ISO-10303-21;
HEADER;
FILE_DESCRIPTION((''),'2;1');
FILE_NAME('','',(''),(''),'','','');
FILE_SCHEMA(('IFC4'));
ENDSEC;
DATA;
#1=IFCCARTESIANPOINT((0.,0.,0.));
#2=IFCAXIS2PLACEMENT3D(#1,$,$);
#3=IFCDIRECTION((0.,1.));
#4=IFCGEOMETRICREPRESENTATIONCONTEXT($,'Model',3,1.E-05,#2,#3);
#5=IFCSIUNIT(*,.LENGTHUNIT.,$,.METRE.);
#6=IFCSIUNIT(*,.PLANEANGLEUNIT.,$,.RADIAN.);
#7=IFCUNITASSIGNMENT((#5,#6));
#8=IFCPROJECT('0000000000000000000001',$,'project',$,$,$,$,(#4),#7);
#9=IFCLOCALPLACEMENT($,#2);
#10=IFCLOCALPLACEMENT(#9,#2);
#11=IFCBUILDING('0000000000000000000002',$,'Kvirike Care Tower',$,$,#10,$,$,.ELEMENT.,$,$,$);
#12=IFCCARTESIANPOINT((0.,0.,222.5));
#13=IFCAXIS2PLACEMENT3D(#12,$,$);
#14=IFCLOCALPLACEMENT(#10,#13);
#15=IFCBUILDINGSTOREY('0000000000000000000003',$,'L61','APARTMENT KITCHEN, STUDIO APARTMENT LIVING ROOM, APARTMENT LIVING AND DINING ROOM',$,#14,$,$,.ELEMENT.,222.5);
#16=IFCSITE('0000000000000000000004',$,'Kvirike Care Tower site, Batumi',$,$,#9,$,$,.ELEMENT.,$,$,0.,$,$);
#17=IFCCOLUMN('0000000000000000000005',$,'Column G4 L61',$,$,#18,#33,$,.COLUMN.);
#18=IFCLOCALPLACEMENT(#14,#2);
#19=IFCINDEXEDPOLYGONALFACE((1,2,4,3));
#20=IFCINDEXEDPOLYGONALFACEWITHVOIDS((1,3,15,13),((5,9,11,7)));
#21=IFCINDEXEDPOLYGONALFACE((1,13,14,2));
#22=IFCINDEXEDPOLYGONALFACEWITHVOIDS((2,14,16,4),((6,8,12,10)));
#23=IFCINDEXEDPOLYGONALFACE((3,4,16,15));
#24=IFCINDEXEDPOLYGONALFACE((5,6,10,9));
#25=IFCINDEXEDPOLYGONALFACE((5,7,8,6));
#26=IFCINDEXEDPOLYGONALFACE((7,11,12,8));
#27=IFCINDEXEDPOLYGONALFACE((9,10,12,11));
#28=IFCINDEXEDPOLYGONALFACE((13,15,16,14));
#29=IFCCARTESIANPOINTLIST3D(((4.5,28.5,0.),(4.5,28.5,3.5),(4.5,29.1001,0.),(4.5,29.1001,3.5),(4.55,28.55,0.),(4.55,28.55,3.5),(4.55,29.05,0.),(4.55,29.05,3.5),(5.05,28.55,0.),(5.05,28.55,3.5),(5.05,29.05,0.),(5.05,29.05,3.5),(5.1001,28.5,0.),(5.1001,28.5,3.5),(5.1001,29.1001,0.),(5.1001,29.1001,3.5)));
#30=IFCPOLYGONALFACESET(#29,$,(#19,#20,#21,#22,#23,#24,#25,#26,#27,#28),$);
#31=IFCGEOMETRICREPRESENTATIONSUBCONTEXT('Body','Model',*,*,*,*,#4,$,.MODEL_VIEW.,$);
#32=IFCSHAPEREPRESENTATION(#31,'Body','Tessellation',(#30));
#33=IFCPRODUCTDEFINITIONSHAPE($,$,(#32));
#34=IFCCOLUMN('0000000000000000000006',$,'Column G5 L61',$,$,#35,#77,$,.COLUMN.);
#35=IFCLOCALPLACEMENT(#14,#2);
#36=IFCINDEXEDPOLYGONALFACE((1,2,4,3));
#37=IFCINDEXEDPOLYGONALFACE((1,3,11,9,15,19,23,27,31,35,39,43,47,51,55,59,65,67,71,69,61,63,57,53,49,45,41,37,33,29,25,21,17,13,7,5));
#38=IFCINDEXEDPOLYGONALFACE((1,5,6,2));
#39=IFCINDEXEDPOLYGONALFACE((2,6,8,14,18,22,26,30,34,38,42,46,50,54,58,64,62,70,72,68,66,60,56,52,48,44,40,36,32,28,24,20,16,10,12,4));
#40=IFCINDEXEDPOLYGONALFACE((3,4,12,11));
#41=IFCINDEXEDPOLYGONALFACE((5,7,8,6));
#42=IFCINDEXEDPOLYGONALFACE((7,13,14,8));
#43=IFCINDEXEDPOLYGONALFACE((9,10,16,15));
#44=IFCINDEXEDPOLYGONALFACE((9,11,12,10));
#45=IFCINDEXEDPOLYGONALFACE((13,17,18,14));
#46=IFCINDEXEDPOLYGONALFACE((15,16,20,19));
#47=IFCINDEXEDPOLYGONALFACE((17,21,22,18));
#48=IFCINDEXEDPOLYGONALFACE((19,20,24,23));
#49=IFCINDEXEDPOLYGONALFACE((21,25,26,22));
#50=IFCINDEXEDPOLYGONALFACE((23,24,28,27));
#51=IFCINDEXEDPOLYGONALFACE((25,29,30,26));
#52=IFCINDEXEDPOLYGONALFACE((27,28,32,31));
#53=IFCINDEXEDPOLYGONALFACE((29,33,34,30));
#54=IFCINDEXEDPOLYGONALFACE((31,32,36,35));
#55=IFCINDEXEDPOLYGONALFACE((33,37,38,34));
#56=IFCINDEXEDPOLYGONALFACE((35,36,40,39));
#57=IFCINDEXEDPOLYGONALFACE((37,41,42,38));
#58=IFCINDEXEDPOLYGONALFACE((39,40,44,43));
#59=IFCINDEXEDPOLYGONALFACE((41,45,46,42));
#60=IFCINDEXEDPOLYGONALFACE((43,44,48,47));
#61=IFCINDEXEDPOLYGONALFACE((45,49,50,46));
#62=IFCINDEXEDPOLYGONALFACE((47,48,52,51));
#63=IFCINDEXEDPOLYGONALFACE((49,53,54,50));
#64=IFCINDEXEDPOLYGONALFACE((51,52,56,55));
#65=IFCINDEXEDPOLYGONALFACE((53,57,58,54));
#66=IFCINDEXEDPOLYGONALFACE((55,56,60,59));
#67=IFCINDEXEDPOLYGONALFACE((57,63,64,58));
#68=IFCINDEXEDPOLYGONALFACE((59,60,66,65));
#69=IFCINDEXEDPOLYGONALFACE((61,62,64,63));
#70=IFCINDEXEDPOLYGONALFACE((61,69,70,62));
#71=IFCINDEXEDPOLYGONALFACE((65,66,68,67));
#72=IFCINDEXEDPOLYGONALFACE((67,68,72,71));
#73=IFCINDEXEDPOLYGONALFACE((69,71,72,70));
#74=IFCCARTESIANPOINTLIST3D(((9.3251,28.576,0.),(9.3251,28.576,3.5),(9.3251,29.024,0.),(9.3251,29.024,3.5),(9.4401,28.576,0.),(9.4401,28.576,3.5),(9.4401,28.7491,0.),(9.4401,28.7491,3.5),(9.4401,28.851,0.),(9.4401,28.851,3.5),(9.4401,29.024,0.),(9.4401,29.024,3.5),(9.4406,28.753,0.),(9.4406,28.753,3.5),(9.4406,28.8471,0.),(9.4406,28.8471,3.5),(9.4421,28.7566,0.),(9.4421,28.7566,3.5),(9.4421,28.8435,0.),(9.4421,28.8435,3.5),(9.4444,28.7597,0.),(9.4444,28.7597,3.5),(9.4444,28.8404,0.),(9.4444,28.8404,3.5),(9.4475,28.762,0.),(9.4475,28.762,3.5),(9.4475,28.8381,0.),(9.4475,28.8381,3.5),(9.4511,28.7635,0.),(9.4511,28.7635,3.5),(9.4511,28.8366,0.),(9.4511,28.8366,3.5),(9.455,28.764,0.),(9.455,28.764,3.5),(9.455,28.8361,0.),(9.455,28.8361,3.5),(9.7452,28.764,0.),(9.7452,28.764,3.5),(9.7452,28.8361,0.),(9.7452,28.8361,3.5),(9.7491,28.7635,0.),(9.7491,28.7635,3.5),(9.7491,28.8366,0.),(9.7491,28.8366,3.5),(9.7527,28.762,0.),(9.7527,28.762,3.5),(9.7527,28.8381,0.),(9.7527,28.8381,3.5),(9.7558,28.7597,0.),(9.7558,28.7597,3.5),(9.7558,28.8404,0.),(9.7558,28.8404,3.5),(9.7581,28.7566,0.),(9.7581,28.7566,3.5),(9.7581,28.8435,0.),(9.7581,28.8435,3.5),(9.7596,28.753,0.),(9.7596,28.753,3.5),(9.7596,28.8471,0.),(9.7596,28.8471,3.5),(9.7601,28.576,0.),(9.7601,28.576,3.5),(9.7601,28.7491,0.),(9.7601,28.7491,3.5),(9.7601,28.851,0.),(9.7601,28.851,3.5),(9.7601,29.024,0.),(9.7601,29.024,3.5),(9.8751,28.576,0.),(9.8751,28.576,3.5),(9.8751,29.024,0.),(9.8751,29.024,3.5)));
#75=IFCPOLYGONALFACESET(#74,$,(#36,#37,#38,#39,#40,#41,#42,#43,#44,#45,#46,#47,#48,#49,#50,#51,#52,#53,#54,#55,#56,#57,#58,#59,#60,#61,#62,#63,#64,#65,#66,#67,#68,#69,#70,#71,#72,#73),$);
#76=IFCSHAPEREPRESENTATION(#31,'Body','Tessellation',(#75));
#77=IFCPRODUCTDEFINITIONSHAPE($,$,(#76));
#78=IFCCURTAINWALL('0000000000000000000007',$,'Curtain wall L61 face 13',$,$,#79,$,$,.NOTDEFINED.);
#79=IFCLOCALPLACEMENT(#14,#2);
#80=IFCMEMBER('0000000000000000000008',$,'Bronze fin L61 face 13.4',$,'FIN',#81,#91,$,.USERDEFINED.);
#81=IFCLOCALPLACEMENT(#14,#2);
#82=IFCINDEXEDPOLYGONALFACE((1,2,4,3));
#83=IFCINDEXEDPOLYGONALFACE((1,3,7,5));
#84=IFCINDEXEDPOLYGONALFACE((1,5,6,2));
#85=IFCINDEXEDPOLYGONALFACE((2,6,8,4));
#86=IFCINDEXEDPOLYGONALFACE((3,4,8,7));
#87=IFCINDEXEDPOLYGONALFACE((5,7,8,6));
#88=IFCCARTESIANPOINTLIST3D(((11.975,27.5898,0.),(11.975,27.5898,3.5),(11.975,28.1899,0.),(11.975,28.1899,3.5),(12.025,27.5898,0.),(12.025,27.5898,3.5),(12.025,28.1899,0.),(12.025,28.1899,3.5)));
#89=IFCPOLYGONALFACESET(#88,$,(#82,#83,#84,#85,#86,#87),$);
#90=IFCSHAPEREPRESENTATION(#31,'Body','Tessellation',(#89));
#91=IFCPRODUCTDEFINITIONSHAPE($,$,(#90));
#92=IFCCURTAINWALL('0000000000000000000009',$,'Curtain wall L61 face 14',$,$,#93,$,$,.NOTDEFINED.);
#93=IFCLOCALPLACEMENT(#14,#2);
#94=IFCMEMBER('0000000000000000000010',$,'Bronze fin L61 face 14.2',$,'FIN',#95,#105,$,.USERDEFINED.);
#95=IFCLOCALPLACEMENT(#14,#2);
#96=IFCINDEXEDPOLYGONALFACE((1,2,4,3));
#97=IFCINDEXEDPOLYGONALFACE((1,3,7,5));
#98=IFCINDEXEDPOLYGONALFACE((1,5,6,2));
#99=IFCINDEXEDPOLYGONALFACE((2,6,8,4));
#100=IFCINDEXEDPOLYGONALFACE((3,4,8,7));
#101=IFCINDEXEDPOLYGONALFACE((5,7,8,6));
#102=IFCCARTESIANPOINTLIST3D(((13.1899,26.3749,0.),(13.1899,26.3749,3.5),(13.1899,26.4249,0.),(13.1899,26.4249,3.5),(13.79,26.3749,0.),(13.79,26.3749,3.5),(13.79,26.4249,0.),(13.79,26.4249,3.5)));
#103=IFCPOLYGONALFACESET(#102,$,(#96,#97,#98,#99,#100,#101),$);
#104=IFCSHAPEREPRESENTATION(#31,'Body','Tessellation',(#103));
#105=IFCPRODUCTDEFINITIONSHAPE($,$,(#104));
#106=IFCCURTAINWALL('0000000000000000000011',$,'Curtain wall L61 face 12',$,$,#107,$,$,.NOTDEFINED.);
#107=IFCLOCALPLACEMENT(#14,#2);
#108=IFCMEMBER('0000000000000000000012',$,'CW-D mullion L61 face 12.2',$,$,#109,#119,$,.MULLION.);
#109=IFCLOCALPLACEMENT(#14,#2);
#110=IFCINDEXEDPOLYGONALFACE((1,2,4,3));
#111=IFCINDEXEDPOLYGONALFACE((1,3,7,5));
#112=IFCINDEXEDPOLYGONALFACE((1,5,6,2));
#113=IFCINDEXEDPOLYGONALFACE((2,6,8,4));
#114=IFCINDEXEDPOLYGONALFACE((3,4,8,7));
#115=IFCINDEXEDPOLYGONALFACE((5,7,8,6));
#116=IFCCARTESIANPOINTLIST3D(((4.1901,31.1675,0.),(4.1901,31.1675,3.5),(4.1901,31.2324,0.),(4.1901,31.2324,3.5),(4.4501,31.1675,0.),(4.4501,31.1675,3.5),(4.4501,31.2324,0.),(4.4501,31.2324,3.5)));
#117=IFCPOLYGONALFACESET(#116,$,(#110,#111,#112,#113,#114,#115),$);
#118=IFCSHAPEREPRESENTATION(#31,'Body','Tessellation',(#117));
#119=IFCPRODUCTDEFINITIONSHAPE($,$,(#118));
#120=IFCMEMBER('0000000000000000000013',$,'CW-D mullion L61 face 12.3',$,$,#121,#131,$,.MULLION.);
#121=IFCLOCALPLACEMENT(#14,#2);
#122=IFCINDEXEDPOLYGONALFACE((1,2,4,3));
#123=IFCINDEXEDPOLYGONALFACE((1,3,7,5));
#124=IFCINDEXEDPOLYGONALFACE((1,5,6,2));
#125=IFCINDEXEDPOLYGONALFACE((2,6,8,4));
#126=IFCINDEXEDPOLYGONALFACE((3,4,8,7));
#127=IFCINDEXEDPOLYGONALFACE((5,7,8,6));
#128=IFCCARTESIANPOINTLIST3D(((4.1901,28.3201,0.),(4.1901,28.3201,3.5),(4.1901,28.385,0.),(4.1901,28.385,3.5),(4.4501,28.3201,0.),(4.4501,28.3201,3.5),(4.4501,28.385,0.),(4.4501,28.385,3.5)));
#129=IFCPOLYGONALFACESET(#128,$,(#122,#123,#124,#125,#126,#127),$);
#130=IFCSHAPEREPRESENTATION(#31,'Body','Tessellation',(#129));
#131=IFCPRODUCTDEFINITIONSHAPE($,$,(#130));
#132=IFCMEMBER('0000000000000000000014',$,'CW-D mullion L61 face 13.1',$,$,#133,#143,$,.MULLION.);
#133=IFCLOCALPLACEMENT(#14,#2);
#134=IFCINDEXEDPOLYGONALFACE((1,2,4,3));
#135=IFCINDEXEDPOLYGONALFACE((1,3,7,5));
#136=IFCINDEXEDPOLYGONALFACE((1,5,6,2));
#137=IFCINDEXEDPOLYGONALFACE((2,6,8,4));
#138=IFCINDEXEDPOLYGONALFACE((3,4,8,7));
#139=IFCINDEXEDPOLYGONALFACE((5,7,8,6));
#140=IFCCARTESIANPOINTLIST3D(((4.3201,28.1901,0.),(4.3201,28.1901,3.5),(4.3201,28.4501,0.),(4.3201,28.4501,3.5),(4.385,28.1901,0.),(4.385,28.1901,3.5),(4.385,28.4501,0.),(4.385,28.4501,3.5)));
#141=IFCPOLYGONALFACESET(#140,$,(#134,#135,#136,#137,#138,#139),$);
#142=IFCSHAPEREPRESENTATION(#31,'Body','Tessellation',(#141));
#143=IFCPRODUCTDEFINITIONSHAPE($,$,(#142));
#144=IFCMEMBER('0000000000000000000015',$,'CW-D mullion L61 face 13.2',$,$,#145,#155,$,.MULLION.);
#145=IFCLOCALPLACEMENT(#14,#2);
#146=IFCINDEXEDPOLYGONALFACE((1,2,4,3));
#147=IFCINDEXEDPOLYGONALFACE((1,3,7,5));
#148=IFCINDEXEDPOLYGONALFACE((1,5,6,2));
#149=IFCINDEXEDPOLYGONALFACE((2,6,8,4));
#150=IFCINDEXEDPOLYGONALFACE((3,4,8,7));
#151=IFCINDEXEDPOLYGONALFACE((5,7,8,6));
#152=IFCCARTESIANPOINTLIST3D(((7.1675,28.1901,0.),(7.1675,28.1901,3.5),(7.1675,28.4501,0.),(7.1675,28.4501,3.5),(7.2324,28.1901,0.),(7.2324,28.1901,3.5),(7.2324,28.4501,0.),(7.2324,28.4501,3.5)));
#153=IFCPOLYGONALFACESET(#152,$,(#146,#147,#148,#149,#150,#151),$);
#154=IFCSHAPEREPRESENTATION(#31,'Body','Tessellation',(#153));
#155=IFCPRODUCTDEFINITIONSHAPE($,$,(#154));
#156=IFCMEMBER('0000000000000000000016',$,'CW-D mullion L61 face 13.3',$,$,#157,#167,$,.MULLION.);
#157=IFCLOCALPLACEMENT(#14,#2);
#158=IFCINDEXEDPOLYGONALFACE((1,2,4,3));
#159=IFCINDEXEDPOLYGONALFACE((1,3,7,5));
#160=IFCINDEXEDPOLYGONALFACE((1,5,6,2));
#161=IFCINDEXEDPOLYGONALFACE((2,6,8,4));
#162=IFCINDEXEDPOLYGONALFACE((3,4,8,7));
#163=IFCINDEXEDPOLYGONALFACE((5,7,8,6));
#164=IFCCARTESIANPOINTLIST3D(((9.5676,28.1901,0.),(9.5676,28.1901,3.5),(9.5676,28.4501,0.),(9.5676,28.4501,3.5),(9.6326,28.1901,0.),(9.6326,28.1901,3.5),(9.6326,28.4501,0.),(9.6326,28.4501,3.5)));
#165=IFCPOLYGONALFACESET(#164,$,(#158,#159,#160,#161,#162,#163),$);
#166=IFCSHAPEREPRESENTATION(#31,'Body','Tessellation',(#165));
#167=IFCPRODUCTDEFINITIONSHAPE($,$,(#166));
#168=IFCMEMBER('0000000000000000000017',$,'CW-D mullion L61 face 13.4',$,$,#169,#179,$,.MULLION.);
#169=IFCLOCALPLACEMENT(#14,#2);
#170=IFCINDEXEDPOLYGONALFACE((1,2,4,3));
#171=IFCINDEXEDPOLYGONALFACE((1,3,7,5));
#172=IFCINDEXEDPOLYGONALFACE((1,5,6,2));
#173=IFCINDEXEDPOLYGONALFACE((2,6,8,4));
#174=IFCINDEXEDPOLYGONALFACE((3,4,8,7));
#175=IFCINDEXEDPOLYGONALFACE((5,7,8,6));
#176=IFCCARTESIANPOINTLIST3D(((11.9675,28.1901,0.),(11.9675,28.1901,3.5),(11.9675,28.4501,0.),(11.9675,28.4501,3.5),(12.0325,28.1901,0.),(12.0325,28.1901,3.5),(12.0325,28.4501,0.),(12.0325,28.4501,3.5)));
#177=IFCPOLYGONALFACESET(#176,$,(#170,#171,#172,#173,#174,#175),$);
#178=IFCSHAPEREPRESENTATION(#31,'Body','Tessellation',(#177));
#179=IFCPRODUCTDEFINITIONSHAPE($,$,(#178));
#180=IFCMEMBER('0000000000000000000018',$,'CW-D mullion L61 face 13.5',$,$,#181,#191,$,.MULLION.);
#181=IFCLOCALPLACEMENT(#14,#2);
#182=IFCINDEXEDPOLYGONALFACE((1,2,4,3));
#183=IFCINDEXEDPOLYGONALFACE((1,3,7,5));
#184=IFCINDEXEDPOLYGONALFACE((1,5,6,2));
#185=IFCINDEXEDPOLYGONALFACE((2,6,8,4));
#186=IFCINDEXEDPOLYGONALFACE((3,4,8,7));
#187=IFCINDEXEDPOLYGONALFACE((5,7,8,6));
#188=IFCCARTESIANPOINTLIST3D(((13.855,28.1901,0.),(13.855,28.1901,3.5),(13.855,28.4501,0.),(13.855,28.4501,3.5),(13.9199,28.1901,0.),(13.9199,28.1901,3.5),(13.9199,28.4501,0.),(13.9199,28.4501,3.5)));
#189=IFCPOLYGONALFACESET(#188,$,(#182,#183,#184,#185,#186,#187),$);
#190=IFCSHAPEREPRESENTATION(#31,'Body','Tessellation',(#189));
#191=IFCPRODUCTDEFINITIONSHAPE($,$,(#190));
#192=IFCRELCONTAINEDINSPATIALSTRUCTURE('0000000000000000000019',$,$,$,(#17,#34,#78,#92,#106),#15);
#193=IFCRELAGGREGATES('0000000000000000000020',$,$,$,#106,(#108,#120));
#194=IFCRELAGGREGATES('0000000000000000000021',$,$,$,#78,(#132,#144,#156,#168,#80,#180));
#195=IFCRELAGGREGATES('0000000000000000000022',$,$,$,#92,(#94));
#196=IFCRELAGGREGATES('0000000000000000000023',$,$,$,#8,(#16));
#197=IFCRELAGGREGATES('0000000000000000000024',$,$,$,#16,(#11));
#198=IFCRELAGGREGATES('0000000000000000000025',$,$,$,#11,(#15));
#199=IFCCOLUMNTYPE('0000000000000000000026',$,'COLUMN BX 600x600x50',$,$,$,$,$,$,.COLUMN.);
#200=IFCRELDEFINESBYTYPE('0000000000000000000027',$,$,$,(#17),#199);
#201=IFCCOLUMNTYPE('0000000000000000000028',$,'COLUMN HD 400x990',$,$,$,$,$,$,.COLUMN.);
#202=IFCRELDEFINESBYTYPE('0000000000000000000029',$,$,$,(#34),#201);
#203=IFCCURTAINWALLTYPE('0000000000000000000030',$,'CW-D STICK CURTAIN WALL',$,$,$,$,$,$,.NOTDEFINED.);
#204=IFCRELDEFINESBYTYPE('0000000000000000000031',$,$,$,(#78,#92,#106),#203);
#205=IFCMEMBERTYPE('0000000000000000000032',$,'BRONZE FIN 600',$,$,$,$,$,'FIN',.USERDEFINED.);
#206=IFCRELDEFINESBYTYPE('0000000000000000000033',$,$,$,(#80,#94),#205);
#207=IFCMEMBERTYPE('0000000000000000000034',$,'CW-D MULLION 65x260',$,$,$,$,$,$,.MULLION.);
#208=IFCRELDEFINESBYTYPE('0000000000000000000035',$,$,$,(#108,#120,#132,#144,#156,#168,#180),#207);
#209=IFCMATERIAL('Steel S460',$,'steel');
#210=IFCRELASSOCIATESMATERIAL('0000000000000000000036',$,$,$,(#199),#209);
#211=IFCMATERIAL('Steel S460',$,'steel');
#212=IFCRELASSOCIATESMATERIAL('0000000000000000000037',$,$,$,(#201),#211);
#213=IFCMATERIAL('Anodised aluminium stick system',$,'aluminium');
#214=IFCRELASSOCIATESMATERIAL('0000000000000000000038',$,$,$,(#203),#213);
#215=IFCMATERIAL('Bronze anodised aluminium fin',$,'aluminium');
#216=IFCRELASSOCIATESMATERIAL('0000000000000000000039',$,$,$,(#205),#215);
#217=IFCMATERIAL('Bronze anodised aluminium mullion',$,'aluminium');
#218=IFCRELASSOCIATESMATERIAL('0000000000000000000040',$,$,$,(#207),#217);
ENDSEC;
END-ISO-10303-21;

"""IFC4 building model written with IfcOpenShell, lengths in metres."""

from ifc_helpers import new_model, si_unit, direction, frame, origin, origin_2d, place, context, subcontext, project, spatial, rectangle, hollow_rectangle, i_section, extrude, material, material_profile, profile_set, type_object, element, aggregate, save


model = new_model("IFC4")

# Units and contexts
model_context = context("Model", 3, precision=1e-05, world=origin(), true_north=direction((0.0, 1.0)))
body_context = subcontext(model_context, "Body", "Model", "MODEL_VIEW")
ifc_project = project(units=[si_unit("LENGTHUNIT", "METRE"), si_unit("PLANEANGLEUNIT", "RADIAN")], contexts=[model_context])

# Site, building, storey
site_placement = place(None, origin())
site = spatial("IfcSite", under=ifc_project, at=site_placement, Name="Kvirike Care Tower site, Batumi", CompositionType="ELEMENT", RefElevation=0.0)
building_placement = place(site_placement, origin())
building = spatial("IfcBuilding", under=site, at=building_placement, Name="Kvirike Care Tower", CompositionType="ELEMENT")
storey_placement = place(building_placement, frame((0.0, 0.0, 222.5)))
storey = spatial("IfcBuildingStorey", under=building, at=storey_placement, Name="L61", Description="APARTMENT KITCHEN, STUDIO APARTMENT LIVING ROOM, APARTMENT LIVING AND DINING ROOM", CompositionType="ELEMENT", Elevation=222.5)

# Columns
ifc_material_1 = material(Name="Steel S460", Category="steel")
ifc_material_profile_1 = material_profile(ifc_material_1, hollow_rectangle(XDim=0.6001, YDim=0.6001, WallThickness=0.05, at=origin_2d()), Name="BX 600x600x50")
ifc_profile_set_1 = profile_set([ifc_material_profile_1], Name="Steel S460")
column_type_1 = type_object("IfcColumnType", Name="COLUMN BX 600x600x50", PredefinedType="COLUMN", material=ifc_profile_set_1)
column_1_placement = place(storey_placement, frame((4.8, 28.8, 0.0), z_axis=(0.0, 0.0, 1.0), x_axis=(0.0, 1.0, 0.0)))
element("IfcColumn", 1, at=column_1_placement, inside=storey, type_object=column_type_1, Name="Column G4 L61", PredefinedType="COLUMN", context=body_context, shape_type="SweptSolid", body=[
    extrude(hollow_rectangle(XDim=0.6001, YDim=0.6001, WallThickness=0.05, at=origin_2d()), origin(), (0.0, 0.0, 1.0), 3.5),
])
ifc_material_2 = material(Name="Steel S460", Category="steel")
ifc_material_profile_2 = material_profile(ifc_material_2, i_section(OverallWidth=0.448, OverallDepth=0.55, WebThickness=0.072, FlangeThickness=0.115, FilletRadius=0.0149, at=origin_2d()), Name="HD 400x990")
ifc_profile_set_2 = profile_set([ifc_material_profile_2], Name="Steel S460")
column_type_2 = type_object("IfcColumnType", Name="COLUMN HD 400x990", PredefinedType="COLUMN", material=ifc_profile_set_2)
column_2_placement = place(storey_placement, frame((9.6001, 28.8, 0.0), z_axis=(0.0, 0.0, 1.0), x_axis=(0.0, 1.0, 0.0)))
element("IfcColumn", 2, at=column_2_placement, inside=storey, type_object=column_type_2, Name="Column G5 L61", PredefinedType="COLUMN", context=body_context, shape_type="SweptSolid", body=[
    extrude(i_section(OverallWidth=0.448, OverallDepth=0.55, WebThickness=0.072, FlangeThickness=0.115, FilletRadius=0.0149, at=origin_2d()), origin(), (0.0, 0.0, 1.0), 3.5),
])

# Curtain walls, members
ifc_material_3 = material(Name="Anodised aluminium stick system", Category="aluminium")
curtain_wall_type = type_object("IfcCurtainWallType", Name="CW-D STICK CURTAIN WALL", PredefinedType="NOTDEFINED", material=ifc_material_3)
curtain_wall_1_placement = place(storey_placement, origin())
curtain_wall_1 = element("IfcCurtainWall", 3, at=curtain_wall_1_placement, inside=storey, type_object=curtain_wall_type, Name="Curtain wall L61 face 13", PredefinedType="NOTDEFINED")
ifc_material_4 = material(Name="Bronze anodised aluminium fin", Category="aluminium")
ifc_material_profile_3 = material_profile(ifc_material_4, rectangle(XDim=0.05, YDim=0.6001, at=origin_2d()), Name="BRONZE FIN 600")
ifc_profile_set_3 = profile_set([ifc_material_profile_3], Name="Bronze anodised aluminium fin")
member_type_1 = type_object("IfcMemberType", Name="BRONZE FIN 600", ElementType="FIN", PredefinedType="USERDEFINED", material=ifc_profile_set_3)
member_1_placement = place(storey_placement, frame((12.0, 27.8899, 0.0), z_axis=(0.0, 0.0, 1.0), x_axis=(1.0, 0.0, 0.0)))
member_1 = element("IfcMember", 4, at=member_1_placement, type_object=member_type_1, Name="Bronze fin L61 face 13.4", ObjectType="FIN", PredefinedType="USERDEFINED", context=body_context, shape_type="SweptSolid", body=[
    extrude(rectangle(XDim=0.05, YDim=0.6001, at=origin_2d()), origin(), (0.0, 0.0, 1.0), 3.5),
])
curtain_wall_2_placement = place(storey_placement, origin())
curtain_wall_2 = element("IfcCurtainWall", 5, at=curtain_wall_2_placement, inside=storey, type_object=curtain_wall_type, Name="Curtain wall L61 face 14", PredefinedType="NOTDEFINED")
member_2_placement = place(storey_placement, frame((13.49, 26.3999, 0.0), z_axis=(0.0, 0.0, 1.0), x_axis=(0.0, -1.0, 0.0)))
member_2 = element("IfcMember", 6, at=member_2_placement, type_object=member_type_1, Name="Bronze fin L61 face 14.2", ObjectType="FIN", PredefinedType="USERDEFINED", context=body_context, shape_type="SweptSolid", body=[
    extrude(rectangle(XDim=0.05, YDim=0.6001, at=origin_2d()), origin(), (0.0, 0.0, 1.0), 3.5),
])

# Curtain wall, members
curtain_wall_3_placement = place(storey_placement, origin())
curtain_wall_3 = element("IfcCurtainWall", 7, at=curtain_wall_3_placement, inside=storey, type_object=curtain_wall_type, Name="Curtain wall L61 face 12", PredefinedType="NOTDEFINED")
ifc_material_5 = material(Name="Bronze anodised aluminium mullion", Category="aluminium")
ifc_material_profile_4 = material_profile(ifc_material_5, rectangle(XDim=0.0649, YDim=0.26, at=origin_2d()), Name="CW-D MULLION 65x260")
ifc_profile_set_4 = profile_set([ifc_material_profile_4], Name="Bronze anodised aluminium mullion")
member_type_2 = type_object("IfcMemberType", Name="CW-D MULLION 65x260", PredefinedType="MULLION", material=ifc_profile_set_4)
member_3_placement = place(storey_placement, frame((4.3201, 31.2, 0.0), z_axis=(0.0, 0.0, 1.0), x_axis=(0.0, -1.0, 0.0)))
member_3 = element("IfcMember", 8, at=member_3_placement, type_object=member_type_2, Name="CW-D mullion L61 face 12.2", PredefinedType="MULLION", context=body_context, shape_type="SweptSolid", body=[
    extrude(rectangle(XDim=0.0649, YDim=0.26, at=origin_2d()), origin(), (0.0, 0.0, 1.0), 3.5),
])
member_4_placement = place(storey_placement, frame((4.3201, 28.3525, 0.0), z_axis=(0.0, 0.0, 1.0), x_axis=(0.0, -1.0, 0.0)))
member_4 = element("IfcMember", 9, at=member_4_placement, type_object=member_type_2, Name="CW-D mullion L61 face 12.3", PredefinedType="MULLION", context=body_context, shape_type="SweptSolid", body=[
    extrude(rectangle(XDim=0.0649, YDim=0.26, at=origin_2d()), origin(), (0.0, 0.0, 1.0), 3.5),
])

# Members
member_5_placement = place(storey_placement, frame((4.3525, 28.3201, 0.0), z_axis=(0.0, 0.0, 1.0), x_axis=(1.0, 0.0, 0.0)))
member_5 = element("IfcMember", 10, at=member_5_placement, type_object=member_type_2, Name="CW-D mullion L61 face 13.1", PredefinedType="MULLION", context=body_context, shape_type="SweptSolid", body=[
    extrude(rectangle(XDim=0.0649, YDim=0.26, at=origin_2d()), origin(), (0.0, 0.0, 1.0), 3.5),
])
member_6_placement = place(storey_placement, frame((7.2, 28.3201, 0.0), z_axis=(0.0, 0.0, 1.0), x_axis=(1.0, 0.0, 0.0)))
member_6 = element("IfcMember", 11, at=member_6_placement, type_object=member_type_2, Name="CW-D mullion L61 face 13.2", PredefinedType="MULLION", context=body_context, shape_type="SweptSolid", body=[
    extrude(rectangle(XDim=0.0649, YDim=0.26, at=origin_2d()), origin(), (0.0, 0.0, 1.0), 3.5),
])
member_7_placement = place(storey_placement, frame((9.6001, 28.3201, 0.0), z_axis=(0.0, 0.0, 1.0), x_axis=(1.0, 0.0, 0.0)))
member_7 = element("IfcMember", 12, at=member_7_placement, type_object=member_type_2, Name="CW-D mullion L61 face 13.3", PredefinedType="MULLION", context=body_context, shape_type="SweptSolid", body=[
    extrude(rectangle(XDim=0.0649, YDim=0.26, at=origin_2d()), origin(), (0.0, 0.0, 1.0), 3.5),
])
member_8_placement = place(storey_placement, frame((12.0, 28.3201, 0.0), z_axis=(0.0, 0.0, 1.0), x_axis=(1.0, 0.0, 0.0)))
member_8 = element("IfcMember", 13, at=member_8_placement, type_object=member_type_2, Name="CW-D mullion L61 face 13.4", PredefinedType="MULLION", context=body_context, shape_type="SweptSolid", body=[
    extrude(rectangle(XDim=0.0649, YDim=0.26, at=origin_2d()), origin(), (0.0, 0.0, 1.0), 3.5),
])
member_9_placement = place(storey_placement, frame((13.8875, 28.3201, 0.0), z_axis=(0.0, 0.0, 1.0), x_axis=(1.0, 0.0, 0.0)))
member_9 = element("IfcMember", 14, at=member_9_placement, type_object=member_type_2, Name="CW-D mullion L61 face 13.5", PredefinedType="MULLION", context=body_context, shape_type="SweptSolid", body=[
    extrude(rectangle(XDim=0.0649, YDim=0.26, at=origin_2d()), origin(), (0.0, 0.0, 1.0), 3.5),
])

aggregate(curtain_wall_3, [member_3, member_4])
aggregate(curtain_wall_1, [member_5, member_6, member_7, member_8, member_1, member_9])
aggregate(curtain_wall_2, [member_2])

save(model, "model.ifc")
